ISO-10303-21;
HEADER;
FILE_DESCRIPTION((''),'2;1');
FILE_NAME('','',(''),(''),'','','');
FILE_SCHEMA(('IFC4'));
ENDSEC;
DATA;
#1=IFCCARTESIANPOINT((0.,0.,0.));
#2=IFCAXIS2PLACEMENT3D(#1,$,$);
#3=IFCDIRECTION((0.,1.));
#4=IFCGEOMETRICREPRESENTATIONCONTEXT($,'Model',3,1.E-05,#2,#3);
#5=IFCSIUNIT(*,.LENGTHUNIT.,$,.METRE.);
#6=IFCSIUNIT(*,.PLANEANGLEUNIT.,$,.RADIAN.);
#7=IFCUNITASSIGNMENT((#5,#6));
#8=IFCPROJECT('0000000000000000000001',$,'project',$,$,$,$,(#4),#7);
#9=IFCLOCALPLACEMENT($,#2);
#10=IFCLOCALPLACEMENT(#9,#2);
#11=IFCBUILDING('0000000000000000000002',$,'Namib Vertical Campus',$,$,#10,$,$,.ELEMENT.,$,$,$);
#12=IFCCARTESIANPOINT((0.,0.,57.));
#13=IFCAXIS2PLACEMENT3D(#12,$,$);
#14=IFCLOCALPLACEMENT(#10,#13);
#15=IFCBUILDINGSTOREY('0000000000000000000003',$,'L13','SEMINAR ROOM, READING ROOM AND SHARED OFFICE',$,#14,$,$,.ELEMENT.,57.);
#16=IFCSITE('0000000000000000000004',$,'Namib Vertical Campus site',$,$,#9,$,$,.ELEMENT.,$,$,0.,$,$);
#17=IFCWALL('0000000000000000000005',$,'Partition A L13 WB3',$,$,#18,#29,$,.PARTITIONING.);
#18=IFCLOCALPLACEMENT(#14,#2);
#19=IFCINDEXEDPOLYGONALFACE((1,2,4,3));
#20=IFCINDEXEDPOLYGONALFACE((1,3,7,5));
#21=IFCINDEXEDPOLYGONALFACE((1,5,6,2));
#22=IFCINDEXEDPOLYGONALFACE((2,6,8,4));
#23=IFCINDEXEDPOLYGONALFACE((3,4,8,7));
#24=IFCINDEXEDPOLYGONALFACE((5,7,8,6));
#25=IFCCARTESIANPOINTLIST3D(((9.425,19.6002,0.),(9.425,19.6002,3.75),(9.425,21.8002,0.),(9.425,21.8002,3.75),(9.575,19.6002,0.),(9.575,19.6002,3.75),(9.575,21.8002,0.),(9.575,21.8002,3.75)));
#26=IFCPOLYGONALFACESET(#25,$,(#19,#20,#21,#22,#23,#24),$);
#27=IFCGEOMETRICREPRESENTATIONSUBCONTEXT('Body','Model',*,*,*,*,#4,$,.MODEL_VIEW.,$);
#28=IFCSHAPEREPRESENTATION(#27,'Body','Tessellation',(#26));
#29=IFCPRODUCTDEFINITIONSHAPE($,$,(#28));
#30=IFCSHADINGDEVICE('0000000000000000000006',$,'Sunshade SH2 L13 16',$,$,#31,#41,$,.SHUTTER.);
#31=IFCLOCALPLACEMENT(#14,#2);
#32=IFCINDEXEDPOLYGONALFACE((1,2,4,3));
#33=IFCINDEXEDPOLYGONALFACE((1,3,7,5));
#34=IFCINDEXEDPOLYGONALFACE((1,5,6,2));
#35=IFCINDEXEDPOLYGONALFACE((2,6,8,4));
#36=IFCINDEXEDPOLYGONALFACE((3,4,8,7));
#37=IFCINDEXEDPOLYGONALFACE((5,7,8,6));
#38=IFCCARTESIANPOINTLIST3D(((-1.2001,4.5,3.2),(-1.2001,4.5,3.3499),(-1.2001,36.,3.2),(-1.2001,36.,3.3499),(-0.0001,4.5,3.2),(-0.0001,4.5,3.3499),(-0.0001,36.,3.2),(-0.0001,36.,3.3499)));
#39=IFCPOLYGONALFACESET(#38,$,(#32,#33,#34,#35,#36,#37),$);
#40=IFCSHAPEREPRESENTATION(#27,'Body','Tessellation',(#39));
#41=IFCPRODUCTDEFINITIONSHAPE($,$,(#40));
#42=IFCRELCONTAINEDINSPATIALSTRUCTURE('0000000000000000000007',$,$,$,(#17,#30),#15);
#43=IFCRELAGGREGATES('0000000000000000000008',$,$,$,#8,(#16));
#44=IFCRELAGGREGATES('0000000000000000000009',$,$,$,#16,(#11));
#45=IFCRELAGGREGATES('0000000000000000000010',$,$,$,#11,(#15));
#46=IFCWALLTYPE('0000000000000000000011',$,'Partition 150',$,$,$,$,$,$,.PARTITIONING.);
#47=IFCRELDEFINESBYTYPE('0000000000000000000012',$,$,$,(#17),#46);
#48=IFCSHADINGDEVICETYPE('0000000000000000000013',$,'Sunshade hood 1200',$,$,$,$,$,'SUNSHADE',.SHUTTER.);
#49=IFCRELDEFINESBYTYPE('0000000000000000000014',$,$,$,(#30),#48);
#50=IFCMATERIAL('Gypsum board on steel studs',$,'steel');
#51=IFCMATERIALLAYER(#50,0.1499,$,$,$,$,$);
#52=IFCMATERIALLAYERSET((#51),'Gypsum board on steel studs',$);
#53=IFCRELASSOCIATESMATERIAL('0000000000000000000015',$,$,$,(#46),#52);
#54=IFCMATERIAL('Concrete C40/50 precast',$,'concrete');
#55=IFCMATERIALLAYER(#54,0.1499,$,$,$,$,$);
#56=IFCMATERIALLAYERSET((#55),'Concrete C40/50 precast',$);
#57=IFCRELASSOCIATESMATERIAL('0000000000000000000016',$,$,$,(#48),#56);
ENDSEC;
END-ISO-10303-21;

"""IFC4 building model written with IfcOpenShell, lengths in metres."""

from ifc_helpers import new_model, si_unit, direction, frame, frame_2d, origin, origin_2d, place, context, subcontext, project, spatial, rectangle, extrude, material, layer, layer_set, type_object, element, save


model = new_model("IFC4")

# Units and contexts
model_context = context("Model", 3, precision=1e-05, world=origin(), true_north=direction((0.0, 1.0)))
body_context = subcontext(model_context, "Body", "Model", "MODEL_VIEW")
ifc_project = project(units=[si_unit("LENGTHUNIT", "METRE"), si_unit("PLANEANGLEUNIT", "RADIAN")], contexts=[model_context])

# Site, building, storey
site_placement = place(None, origin())
site = spatial("IfcSite", under=ifc_project, at=site_placement, Name="Namib Vertical Campus site", CompositionType="ELEMENT", RefElevation=0.0)
building_placement = place(site_placement, origin())
building = spatial("IfcBuilding", under=site, at=building_placement, Name="Namib Vertical Campus", CompositionType="ELEMENT")
storey_placement = place(building_placement, frame((0.0, 0.0, 57.0)))
storey = spatial("IfcBuildingStorey", under=building, at=storey_placement, Name="L13", Description="SEMINAR ROOM, READING ROOM AND SHARED OFFICE", CompositionType="ELEMENT", Elevation=57.0)

# Wall
ifc_material_1 = material(Name="Gypsum board on steel studs", Category="steel")
ifc_layer_1 = layer(ifc_material_1, 0.1499)
ifc_layer_set_1 = layer_set([ifc_layer_1], Name="Gypsum board on steel studs")
wall_type_1 = type_object("IfcWallType", Name="Partition 150", PredefinedType="PARTITIONING", material=ifc_layer_set_1)
wall_1_placement = place(storey_placement, frame((9.5, 19.6001, 0.0), z_axis=(0.0, 0.0, 1.0), x_axis=(0.0, 1.0, 0.0)))
element("IfcWall", 1, at=wall_1_placement, inside=storey, type_object=wall_type_1, Name="Partition A L13 WB3", PredefinedType="PARTITIONING", context=body_context, shape_type="SweptSolid", body=[
    extrude(rectangle(XDim=2.2, YDim=0.1499, at=frame_2d((1.1001, 0.0))), origin(), (0.0, 0.0, 1.0), 3.75),
])

# Shading device
ifc_material_2 = material(Name="Concrete C40/50 precast", Category="concrete")
ifc_layer_2 = layer(ifc_material_2, 0.1499)
ifc_layer_set_2 = layer_set([ifc_layer_2], Name="Concrete C40/50 precast")
shading_device_type = type_object("IfcShadingDeviceType", Name="Sunshade hood 1200", ElementType="SUNSHADE", PredefinedType="SHUTTER", material=ifc_layer_set_2)
shading_device_placement = place(storey_placement, frame((-0.6001, 20.25, 3.2), z_axis=(0.0, 0.0, 1.0), x_axis=(0.0, -1.0, 0.0)))
element("IfcShadingDevice", 2, at=shading_device_placement, inside=storey, type_object=shading_device_type, Name="Sunshade SH2 L13 16", PredefinedType="SHUTTER", context=body_context, shape_type="SweptSolid", body=[
    extrude(rectangle(XDim=31.5, YDim=1.2, at=origin_2d()), origin(), (0.0, 0.0, 1.0), 0.1499),
])

save(model, "model.ifc")
